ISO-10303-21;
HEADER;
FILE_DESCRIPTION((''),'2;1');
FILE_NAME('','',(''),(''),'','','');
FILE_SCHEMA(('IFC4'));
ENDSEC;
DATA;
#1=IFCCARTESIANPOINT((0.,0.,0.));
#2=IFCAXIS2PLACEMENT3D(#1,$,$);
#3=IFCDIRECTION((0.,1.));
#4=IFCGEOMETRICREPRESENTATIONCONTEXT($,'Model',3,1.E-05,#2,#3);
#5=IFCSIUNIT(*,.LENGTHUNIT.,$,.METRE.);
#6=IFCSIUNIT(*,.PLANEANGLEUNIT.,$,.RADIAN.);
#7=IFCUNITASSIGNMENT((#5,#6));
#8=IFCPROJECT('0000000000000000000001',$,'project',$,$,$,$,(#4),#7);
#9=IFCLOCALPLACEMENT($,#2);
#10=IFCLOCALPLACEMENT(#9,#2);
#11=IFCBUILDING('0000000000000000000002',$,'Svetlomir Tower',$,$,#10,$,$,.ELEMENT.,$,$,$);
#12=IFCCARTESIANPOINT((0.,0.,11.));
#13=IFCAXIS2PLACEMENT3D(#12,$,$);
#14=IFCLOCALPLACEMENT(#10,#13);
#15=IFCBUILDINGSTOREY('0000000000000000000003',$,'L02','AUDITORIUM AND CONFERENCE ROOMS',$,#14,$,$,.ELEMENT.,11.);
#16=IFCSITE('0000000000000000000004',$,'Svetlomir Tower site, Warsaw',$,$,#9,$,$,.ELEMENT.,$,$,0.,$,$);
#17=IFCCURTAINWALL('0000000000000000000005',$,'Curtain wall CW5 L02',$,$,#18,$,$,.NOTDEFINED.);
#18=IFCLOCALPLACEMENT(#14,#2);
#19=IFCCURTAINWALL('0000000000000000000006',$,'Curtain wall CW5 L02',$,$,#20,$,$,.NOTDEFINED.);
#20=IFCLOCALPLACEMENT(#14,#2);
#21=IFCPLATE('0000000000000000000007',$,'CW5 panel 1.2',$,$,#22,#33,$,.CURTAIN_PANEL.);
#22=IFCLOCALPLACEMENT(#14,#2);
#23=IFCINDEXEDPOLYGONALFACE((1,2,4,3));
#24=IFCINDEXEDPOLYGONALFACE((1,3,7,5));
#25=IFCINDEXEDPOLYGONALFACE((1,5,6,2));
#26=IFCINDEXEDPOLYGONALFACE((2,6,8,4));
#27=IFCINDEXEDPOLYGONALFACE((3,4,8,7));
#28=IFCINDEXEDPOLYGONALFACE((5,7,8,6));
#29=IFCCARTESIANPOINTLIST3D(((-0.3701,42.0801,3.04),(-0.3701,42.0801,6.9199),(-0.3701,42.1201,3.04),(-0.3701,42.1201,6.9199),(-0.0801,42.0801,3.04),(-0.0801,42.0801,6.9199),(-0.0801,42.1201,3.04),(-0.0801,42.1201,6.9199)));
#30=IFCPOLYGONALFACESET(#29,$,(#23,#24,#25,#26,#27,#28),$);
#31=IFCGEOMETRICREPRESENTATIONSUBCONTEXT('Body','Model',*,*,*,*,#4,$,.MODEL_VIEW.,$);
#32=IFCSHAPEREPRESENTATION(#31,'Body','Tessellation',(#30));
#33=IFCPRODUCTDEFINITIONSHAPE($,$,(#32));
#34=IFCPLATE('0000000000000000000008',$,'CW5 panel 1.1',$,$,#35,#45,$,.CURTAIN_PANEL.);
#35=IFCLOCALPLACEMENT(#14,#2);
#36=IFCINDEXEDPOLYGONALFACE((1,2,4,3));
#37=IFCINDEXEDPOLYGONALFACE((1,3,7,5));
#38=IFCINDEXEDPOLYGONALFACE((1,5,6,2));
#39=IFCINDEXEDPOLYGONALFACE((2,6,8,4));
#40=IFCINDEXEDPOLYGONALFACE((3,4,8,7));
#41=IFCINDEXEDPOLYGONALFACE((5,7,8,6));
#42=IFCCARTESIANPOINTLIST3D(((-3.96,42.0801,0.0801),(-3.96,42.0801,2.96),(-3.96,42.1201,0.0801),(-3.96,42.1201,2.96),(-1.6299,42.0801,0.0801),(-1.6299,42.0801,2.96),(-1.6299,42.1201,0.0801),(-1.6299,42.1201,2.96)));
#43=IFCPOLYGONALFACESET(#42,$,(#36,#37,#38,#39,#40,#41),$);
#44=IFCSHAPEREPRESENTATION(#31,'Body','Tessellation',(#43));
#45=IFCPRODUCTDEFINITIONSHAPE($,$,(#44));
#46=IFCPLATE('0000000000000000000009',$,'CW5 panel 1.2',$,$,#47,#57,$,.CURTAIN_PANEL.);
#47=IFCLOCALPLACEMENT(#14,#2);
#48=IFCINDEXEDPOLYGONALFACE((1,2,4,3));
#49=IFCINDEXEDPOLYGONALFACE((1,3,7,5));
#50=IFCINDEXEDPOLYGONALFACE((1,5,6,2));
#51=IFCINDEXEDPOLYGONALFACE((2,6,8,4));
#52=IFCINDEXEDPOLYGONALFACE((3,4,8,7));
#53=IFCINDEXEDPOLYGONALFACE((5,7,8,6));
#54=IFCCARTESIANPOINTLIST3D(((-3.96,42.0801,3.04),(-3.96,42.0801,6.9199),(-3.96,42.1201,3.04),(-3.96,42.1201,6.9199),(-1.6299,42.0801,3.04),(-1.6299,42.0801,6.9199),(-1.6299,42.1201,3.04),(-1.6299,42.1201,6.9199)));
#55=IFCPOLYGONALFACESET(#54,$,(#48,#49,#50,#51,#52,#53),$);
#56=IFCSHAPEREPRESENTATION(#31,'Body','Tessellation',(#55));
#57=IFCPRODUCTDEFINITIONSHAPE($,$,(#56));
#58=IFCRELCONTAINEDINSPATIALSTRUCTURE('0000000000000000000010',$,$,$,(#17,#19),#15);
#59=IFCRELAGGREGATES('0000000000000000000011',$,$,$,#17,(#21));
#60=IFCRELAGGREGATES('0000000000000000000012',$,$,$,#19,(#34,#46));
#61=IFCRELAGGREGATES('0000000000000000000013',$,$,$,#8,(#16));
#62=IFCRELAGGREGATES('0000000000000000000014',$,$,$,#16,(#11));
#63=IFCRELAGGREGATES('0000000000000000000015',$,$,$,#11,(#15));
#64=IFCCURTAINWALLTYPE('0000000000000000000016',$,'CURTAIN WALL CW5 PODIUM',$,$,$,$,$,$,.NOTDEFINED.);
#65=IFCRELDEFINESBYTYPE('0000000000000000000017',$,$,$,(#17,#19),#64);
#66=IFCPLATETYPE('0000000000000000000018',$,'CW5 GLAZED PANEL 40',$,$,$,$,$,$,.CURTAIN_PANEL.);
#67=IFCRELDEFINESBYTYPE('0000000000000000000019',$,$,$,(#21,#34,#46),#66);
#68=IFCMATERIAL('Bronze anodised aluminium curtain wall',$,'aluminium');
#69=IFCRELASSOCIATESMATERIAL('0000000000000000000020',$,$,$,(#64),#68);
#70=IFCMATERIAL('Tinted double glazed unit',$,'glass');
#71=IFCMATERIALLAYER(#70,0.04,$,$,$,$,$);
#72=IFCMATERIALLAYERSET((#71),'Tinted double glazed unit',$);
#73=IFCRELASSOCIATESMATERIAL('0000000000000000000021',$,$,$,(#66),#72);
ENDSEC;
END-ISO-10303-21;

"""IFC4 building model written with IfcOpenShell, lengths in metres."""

from ifc_helpers import new_model, si_unit, direction, frame, origin, origin_2d, place, context, subcontext, project, spatial, rectangle, extrude, material, layer, layer_set, type_object, element, aggregate, save


model = new_model("IFC4")

# Units and contexts
model_context = context("Model", 3, precision=1e-05, world=origin(), true_north=direction((0.0, 1.0)))
body_context = subcontext(model_context, "Body", "Model", "MODEL_VIEW")
ifc_project = project(units=[si_unit("LENGTHUNIT", "METRE"), si_unit("PLANEANGLEUNIT", "RADIAN")], contexts=[model_context])

# Site, building, storey
site_placement = place(None, origin())
site = spatial("IfcSite", under=ifc_project, at=site_placement, Name="Svetlomir Tower site, Warsaw", CompositionType="ELEMENT", RefElevation=0.0)
building_placement = place(site_placement, origin())
building = spatial("IfcBuilding", under=site, at=building_placement, Name="Svetlomir Tower", CompositionType="ELEMENT")
storey_placement = place(building_placement, frame((0.0, 0.0, 11.0)))
storey = spatial("IfcBuildingStorey", under=building, at=storey_placement, Name="L02", Description="AUDITORIUM AND CONFERENCE ROOMS", CompositionType="ELEMENT", Elevation=11.0)

# Shared definitions
ifc_material_1 = material(Name="Bronze anodised aluminium curtain wall", Category="aluminium")
curtain_wall_type = type_object("IfcCurtainWallType", Name="CURTAIN WALL CW5 PODIUM", PredefinedType="NOTDEFINED", material=ifc_material_1)

# Curtain walls
curtain_wall_1_placement = place(storey_placement, origin())
curtain_wall_1 = element("IfcCurtainWall", 1, at=curtain_wall_1_placement, inside=storey, type_object=curtain_wall_type, Name="Curtain wall CW5 L02", PredefinedType="NOTDEFINED")
curtain_wall_2_placement = place(storey_placement, origin())
curtain_wall_2 = element("IfcCurtainWall", 2, at=curtain_wall_2_placement, inside=storey, type_object=curtain_wall_type, Name="Curtain wall CW5 L02", PredefinedType="NOTDEFINED")

# Plates
ifc_material_2 = material(Name="Tinted double glazed unit", Category="glass")
ifc_layer = layer(ifc_material_2, 0.04)
ifc_layer_set = layer_set([ifc_layer], Name="Tinted double glazed unit")
plate_type = type_object("IfcPlateType", Name="CW5 GLAZED PANEL 40", PredefinedType="CURTAIN_PANEL", material=ifc_layer_set)
plate_1_placement = place(storey_placement, frame((-0.2251, 42.1001, 3.04), z_axis=(0.0, 0.0, 1.0), x_axis=(-1.0, 0.0, 0.0)))
plate_1 = element("IfcPlate", 3, at=plate_1_placement, type_object=plate_type, Name="CW5 panel 1.2", PredefinedType="CURTAIN_PANEL", context=body_context, shape_type="SweptSolid", body=[
    extrude(rectangle(XDim=0.29, YDim=0.04, at=origin_2d()), origin(), (0.0, 0.0, 1.0), 3.8799),
])
aggregate(curtain_wall_1, [plate_1])
plate_2_placement = place(storey_placement, frame((-2.7949, 42.1001, 0.0801), z_axis=(0.0, 0.0, 1.0), x_axis=(-1.0, 0.0, 0.0)))
plate_2 = element("IfcPlate", 4, at=plate_2_placement, type_object=plate_type, Name="CW5 panel 1.1", PredefinedType="CURTAIN_PANEL", context=body_context, shape_type="SweptSolid", body=[
    extrude(rectangle(XDim=2.3301, YDim=0.04, at=origin_2d()), origin(), (0.0, 0.0, 1.0), 2.8799),
])
plate_3_placement = place(storey_placement, frame((-2.7949, 42.1001, 3.04), z_axis=(0.0, 0.0, 1.0), x_axis=(-1.0, 0.0, 0.0)))
plate_3 = element("IfcPlate", 5, at=plate_3_placement, type_object=plate_type, Name="CW5 panel 1.2", PredefinedType="CURTAIN_PANEL", context=body_context, shape_type="SweptSolid", body=[
    extrude(rectangle(XDim=2.3301, YDim=0.04, at=origin_2d()), origin(), (0.0, 0.0, 1.0), 3.8799),
])
aggregate(curtain_wall_2, [plate_2, plate_3])

save(model, "model.ifc")
